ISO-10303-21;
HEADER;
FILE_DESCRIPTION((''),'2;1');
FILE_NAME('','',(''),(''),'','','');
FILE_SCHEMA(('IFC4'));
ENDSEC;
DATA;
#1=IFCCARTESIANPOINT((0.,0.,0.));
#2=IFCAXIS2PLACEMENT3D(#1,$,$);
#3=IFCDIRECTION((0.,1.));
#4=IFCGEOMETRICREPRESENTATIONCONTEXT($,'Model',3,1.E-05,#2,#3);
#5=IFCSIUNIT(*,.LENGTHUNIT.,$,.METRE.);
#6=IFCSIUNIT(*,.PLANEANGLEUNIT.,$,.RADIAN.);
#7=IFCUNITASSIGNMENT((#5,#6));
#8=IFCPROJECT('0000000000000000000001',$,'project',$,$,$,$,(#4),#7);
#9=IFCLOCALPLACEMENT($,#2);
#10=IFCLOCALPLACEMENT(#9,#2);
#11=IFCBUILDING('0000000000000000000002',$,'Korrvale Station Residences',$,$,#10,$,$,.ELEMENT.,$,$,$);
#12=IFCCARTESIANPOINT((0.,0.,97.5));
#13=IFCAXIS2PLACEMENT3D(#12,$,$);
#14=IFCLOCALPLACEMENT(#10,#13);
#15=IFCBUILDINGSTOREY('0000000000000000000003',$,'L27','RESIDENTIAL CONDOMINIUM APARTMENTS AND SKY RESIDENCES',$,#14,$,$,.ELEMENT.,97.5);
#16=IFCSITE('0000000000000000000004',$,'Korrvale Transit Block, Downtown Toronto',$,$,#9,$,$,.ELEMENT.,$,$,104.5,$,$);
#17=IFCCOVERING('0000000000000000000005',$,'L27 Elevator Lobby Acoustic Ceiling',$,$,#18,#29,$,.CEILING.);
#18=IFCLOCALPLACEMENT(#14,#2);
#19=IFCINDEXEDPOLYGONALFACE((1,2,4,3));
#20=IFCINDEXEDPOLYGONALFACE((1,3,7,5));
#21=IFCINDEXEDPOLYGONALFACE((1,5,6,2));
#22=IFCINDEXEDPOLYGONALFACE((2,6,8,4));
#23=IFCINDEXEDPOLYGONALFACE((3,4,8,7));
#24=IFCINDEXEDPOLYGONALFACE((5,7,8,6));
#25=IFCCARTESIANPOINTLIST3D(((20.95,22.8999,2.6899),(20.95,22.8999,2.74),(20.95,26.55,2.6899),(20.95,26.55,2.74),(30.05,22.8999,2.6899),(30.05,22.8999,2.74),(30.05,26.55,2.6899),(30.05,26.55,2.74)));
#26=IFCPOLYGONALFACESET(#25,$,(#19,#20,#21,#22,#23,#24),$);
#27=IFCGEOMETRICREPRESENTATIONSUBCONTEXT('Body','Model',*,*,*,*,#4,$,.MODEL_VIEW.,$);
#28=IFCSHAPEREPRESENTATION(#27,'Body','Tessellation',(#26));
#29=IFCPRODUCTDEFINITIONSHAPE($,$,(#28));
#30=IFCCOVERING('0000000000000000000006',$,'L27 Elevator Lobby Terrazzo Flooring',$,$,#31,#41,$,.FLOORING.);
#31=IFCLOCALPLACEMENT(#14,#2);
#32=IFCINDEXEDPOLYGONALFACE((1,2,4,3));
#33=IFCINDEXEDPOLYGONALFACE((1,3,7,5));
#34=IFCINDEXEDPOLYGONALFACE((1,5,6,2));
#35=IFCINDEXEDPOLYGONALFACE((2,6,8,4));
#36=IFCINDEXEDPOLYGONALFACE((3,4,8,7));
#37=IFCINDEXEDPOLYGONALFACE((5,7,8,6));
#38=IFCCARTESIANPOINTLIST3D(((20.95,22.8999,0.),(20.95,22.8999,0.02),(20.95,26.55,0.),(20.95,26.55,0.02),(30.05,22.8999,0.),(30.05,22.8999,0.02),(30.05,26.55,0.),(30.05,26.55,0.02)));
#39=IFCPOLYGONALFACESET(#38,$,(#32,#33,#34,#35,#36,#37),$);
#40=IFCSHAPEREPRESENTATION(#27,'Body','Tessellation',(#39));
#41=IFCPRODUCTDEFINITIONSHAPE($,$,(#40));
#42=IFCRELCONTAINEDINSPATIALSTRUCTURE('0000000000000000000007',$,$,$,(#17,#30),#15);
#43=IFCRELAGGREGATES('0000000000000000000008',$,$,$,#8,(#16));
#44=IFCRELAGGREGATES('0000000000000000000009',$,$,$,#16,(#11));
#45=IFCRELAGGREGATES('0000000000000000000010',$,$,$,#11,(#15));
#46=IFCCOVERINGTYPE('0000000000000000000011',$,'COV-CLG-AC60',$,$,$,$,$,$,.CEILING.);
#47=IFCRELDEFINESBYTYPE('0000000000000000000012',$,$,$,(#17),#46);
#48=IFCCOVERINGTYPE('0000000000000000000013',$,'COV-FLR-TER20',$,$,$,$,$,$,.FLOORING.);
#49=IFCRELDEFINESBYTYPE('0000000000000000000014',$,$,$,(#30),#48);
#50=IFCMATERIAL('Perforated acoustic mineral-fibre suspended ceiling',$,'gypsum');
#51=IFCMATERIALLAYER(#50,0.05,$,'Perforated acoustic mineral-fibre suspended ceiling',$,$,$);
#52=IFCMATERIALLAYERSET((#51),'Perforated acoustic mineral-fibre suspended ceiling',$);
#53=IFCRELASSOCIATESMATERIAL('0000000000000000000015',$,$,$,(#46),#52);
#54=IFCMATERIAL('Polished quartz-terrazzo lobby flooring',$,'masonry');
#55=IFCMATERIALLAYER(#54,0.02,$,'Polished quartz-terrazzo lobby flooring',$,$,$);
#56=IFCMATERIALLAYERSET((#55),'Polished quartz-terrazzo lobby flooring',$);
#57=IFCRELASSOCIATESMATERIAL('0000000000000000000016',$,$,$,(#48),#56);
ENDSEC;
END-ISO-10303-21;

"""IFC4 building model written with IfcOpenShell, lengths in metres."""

from ifc_helpers import new_model, si_unit, direction, frame, origin, place, context, subcontext, project, spatial, polyline, outline, extrude, material, layer, layer_set, type_object, element, save


model = new_model("IFC4")

# Units and contexts
model_context = context("Model", 3, precision=1e-05, world=origin(), true_north=direction((0.0, 1.0)))
body_context = subcontext(model_context, "Body", "Model", "MODEL_VIEW")
ifc_project = project(units=[si_unit("LENGTHUNIT", "METRE"), si_unit("PLANEANGLEUNIT", "RADIAN")], contexts=[model_context])

# Site, building, storey
site_placement = place(None, origin())
site = spatial("IfcSite", under=ifc_project, at=site_placement, Name="Korrvale Transit Block, Downtown Toronto", CompositionType="ELEMENT", RefElevation=104.5)
building_placement = place(site_placement, origin())
building = spatial("IfcBuilding", under=site, at=building_placement, Name="Korrvale Station Residences", CompositionType="ELEMENT")
storey_placement = place(building_placement, frame((0.0, 0.0, 97.5)))
storey = spatial("IfcBuildingStorey", under=building, at=storey_placement, Name="L27", Description="RESIDENTIAL CONDOMINIUM APARTMENTS AND SKY RESIDENCES", CompositionType="ELEMENT", Elevation=97.5)

# Coverings
ifc_material_1 = material(Name="Perforated acoustic mineral-fibre suspended ceiling", Category="gypsum")
ifc_layer_1 = layer(ifc_material_1, 0.05, Name="Perforated acoustic mineral-fibre suspended ceiling")
ifc_layer_set_1 = layer_set([ifc_layer_1], Name="Perforated acoustic mineral-fibre suspended ceiling")
covering_type_1 = type_object("IfcCoveringType", Name="COV-CLG-AC60", PredefinedType="CEILING", material=ifc_layer_set_1)
covering_1_placement = place(storey_placement, frame((0.0, 0.0, 2.6899)))
element("IfcCovering", 1, at=covering_1_placement, inside=storey, type_object=covering_type_1, Name="L27 Elevator Lobby Acoustic Ceiling", PredefinedType="CEILING", context=body_context, shape_type="SweptSolid", body=[
    extrude(outline(polyline([(20.95, 22.8999), (30.05, 22.8999), (30.05, 26.55), (20.95, 26.55), (20.95, 22.8999)])), origin(), (0.0, 0.0, 1.0), 0.05),
])
ifc_material_2 = material(Name="Polished quartz-terrazzo lobby flooring", Category="masonry")
ifc_layer_2 = layer(ifc_material_2, 0.02, Name="Polished quartz-terrazzo lobby flooring")
ifc_layer_set_2 = layer_set([ifc_layer_2], Name="Polished quartz-terrazzo lobby flooring")
covering_type_2 = type_object("IfcCoveringType", Name="COV-FLR-TER20", PredefinedType="FLOORING", material=ifc_layer_set_2)
covering_2_placement = place(storey_placement, origin())
element("IfcCovering", 2, at=covering_2_placement, inside=storey, type_object=covering_type_2, Name="L27 Elevator Lobby Terrazzo Flooring", PredefinedType="FLOORING", context=body_context, shape_type="SweptSolid", body=[
    extrude(outline(polyline([(20.95, 22.8999), (30.05, 22.8999), (30.05, 26.55), (20.95, 26.55), (20.95, 22.8999)])), origin(), (0.0, 0.0, 1.0), 0.02),
])

save(model, "model.ifc")
